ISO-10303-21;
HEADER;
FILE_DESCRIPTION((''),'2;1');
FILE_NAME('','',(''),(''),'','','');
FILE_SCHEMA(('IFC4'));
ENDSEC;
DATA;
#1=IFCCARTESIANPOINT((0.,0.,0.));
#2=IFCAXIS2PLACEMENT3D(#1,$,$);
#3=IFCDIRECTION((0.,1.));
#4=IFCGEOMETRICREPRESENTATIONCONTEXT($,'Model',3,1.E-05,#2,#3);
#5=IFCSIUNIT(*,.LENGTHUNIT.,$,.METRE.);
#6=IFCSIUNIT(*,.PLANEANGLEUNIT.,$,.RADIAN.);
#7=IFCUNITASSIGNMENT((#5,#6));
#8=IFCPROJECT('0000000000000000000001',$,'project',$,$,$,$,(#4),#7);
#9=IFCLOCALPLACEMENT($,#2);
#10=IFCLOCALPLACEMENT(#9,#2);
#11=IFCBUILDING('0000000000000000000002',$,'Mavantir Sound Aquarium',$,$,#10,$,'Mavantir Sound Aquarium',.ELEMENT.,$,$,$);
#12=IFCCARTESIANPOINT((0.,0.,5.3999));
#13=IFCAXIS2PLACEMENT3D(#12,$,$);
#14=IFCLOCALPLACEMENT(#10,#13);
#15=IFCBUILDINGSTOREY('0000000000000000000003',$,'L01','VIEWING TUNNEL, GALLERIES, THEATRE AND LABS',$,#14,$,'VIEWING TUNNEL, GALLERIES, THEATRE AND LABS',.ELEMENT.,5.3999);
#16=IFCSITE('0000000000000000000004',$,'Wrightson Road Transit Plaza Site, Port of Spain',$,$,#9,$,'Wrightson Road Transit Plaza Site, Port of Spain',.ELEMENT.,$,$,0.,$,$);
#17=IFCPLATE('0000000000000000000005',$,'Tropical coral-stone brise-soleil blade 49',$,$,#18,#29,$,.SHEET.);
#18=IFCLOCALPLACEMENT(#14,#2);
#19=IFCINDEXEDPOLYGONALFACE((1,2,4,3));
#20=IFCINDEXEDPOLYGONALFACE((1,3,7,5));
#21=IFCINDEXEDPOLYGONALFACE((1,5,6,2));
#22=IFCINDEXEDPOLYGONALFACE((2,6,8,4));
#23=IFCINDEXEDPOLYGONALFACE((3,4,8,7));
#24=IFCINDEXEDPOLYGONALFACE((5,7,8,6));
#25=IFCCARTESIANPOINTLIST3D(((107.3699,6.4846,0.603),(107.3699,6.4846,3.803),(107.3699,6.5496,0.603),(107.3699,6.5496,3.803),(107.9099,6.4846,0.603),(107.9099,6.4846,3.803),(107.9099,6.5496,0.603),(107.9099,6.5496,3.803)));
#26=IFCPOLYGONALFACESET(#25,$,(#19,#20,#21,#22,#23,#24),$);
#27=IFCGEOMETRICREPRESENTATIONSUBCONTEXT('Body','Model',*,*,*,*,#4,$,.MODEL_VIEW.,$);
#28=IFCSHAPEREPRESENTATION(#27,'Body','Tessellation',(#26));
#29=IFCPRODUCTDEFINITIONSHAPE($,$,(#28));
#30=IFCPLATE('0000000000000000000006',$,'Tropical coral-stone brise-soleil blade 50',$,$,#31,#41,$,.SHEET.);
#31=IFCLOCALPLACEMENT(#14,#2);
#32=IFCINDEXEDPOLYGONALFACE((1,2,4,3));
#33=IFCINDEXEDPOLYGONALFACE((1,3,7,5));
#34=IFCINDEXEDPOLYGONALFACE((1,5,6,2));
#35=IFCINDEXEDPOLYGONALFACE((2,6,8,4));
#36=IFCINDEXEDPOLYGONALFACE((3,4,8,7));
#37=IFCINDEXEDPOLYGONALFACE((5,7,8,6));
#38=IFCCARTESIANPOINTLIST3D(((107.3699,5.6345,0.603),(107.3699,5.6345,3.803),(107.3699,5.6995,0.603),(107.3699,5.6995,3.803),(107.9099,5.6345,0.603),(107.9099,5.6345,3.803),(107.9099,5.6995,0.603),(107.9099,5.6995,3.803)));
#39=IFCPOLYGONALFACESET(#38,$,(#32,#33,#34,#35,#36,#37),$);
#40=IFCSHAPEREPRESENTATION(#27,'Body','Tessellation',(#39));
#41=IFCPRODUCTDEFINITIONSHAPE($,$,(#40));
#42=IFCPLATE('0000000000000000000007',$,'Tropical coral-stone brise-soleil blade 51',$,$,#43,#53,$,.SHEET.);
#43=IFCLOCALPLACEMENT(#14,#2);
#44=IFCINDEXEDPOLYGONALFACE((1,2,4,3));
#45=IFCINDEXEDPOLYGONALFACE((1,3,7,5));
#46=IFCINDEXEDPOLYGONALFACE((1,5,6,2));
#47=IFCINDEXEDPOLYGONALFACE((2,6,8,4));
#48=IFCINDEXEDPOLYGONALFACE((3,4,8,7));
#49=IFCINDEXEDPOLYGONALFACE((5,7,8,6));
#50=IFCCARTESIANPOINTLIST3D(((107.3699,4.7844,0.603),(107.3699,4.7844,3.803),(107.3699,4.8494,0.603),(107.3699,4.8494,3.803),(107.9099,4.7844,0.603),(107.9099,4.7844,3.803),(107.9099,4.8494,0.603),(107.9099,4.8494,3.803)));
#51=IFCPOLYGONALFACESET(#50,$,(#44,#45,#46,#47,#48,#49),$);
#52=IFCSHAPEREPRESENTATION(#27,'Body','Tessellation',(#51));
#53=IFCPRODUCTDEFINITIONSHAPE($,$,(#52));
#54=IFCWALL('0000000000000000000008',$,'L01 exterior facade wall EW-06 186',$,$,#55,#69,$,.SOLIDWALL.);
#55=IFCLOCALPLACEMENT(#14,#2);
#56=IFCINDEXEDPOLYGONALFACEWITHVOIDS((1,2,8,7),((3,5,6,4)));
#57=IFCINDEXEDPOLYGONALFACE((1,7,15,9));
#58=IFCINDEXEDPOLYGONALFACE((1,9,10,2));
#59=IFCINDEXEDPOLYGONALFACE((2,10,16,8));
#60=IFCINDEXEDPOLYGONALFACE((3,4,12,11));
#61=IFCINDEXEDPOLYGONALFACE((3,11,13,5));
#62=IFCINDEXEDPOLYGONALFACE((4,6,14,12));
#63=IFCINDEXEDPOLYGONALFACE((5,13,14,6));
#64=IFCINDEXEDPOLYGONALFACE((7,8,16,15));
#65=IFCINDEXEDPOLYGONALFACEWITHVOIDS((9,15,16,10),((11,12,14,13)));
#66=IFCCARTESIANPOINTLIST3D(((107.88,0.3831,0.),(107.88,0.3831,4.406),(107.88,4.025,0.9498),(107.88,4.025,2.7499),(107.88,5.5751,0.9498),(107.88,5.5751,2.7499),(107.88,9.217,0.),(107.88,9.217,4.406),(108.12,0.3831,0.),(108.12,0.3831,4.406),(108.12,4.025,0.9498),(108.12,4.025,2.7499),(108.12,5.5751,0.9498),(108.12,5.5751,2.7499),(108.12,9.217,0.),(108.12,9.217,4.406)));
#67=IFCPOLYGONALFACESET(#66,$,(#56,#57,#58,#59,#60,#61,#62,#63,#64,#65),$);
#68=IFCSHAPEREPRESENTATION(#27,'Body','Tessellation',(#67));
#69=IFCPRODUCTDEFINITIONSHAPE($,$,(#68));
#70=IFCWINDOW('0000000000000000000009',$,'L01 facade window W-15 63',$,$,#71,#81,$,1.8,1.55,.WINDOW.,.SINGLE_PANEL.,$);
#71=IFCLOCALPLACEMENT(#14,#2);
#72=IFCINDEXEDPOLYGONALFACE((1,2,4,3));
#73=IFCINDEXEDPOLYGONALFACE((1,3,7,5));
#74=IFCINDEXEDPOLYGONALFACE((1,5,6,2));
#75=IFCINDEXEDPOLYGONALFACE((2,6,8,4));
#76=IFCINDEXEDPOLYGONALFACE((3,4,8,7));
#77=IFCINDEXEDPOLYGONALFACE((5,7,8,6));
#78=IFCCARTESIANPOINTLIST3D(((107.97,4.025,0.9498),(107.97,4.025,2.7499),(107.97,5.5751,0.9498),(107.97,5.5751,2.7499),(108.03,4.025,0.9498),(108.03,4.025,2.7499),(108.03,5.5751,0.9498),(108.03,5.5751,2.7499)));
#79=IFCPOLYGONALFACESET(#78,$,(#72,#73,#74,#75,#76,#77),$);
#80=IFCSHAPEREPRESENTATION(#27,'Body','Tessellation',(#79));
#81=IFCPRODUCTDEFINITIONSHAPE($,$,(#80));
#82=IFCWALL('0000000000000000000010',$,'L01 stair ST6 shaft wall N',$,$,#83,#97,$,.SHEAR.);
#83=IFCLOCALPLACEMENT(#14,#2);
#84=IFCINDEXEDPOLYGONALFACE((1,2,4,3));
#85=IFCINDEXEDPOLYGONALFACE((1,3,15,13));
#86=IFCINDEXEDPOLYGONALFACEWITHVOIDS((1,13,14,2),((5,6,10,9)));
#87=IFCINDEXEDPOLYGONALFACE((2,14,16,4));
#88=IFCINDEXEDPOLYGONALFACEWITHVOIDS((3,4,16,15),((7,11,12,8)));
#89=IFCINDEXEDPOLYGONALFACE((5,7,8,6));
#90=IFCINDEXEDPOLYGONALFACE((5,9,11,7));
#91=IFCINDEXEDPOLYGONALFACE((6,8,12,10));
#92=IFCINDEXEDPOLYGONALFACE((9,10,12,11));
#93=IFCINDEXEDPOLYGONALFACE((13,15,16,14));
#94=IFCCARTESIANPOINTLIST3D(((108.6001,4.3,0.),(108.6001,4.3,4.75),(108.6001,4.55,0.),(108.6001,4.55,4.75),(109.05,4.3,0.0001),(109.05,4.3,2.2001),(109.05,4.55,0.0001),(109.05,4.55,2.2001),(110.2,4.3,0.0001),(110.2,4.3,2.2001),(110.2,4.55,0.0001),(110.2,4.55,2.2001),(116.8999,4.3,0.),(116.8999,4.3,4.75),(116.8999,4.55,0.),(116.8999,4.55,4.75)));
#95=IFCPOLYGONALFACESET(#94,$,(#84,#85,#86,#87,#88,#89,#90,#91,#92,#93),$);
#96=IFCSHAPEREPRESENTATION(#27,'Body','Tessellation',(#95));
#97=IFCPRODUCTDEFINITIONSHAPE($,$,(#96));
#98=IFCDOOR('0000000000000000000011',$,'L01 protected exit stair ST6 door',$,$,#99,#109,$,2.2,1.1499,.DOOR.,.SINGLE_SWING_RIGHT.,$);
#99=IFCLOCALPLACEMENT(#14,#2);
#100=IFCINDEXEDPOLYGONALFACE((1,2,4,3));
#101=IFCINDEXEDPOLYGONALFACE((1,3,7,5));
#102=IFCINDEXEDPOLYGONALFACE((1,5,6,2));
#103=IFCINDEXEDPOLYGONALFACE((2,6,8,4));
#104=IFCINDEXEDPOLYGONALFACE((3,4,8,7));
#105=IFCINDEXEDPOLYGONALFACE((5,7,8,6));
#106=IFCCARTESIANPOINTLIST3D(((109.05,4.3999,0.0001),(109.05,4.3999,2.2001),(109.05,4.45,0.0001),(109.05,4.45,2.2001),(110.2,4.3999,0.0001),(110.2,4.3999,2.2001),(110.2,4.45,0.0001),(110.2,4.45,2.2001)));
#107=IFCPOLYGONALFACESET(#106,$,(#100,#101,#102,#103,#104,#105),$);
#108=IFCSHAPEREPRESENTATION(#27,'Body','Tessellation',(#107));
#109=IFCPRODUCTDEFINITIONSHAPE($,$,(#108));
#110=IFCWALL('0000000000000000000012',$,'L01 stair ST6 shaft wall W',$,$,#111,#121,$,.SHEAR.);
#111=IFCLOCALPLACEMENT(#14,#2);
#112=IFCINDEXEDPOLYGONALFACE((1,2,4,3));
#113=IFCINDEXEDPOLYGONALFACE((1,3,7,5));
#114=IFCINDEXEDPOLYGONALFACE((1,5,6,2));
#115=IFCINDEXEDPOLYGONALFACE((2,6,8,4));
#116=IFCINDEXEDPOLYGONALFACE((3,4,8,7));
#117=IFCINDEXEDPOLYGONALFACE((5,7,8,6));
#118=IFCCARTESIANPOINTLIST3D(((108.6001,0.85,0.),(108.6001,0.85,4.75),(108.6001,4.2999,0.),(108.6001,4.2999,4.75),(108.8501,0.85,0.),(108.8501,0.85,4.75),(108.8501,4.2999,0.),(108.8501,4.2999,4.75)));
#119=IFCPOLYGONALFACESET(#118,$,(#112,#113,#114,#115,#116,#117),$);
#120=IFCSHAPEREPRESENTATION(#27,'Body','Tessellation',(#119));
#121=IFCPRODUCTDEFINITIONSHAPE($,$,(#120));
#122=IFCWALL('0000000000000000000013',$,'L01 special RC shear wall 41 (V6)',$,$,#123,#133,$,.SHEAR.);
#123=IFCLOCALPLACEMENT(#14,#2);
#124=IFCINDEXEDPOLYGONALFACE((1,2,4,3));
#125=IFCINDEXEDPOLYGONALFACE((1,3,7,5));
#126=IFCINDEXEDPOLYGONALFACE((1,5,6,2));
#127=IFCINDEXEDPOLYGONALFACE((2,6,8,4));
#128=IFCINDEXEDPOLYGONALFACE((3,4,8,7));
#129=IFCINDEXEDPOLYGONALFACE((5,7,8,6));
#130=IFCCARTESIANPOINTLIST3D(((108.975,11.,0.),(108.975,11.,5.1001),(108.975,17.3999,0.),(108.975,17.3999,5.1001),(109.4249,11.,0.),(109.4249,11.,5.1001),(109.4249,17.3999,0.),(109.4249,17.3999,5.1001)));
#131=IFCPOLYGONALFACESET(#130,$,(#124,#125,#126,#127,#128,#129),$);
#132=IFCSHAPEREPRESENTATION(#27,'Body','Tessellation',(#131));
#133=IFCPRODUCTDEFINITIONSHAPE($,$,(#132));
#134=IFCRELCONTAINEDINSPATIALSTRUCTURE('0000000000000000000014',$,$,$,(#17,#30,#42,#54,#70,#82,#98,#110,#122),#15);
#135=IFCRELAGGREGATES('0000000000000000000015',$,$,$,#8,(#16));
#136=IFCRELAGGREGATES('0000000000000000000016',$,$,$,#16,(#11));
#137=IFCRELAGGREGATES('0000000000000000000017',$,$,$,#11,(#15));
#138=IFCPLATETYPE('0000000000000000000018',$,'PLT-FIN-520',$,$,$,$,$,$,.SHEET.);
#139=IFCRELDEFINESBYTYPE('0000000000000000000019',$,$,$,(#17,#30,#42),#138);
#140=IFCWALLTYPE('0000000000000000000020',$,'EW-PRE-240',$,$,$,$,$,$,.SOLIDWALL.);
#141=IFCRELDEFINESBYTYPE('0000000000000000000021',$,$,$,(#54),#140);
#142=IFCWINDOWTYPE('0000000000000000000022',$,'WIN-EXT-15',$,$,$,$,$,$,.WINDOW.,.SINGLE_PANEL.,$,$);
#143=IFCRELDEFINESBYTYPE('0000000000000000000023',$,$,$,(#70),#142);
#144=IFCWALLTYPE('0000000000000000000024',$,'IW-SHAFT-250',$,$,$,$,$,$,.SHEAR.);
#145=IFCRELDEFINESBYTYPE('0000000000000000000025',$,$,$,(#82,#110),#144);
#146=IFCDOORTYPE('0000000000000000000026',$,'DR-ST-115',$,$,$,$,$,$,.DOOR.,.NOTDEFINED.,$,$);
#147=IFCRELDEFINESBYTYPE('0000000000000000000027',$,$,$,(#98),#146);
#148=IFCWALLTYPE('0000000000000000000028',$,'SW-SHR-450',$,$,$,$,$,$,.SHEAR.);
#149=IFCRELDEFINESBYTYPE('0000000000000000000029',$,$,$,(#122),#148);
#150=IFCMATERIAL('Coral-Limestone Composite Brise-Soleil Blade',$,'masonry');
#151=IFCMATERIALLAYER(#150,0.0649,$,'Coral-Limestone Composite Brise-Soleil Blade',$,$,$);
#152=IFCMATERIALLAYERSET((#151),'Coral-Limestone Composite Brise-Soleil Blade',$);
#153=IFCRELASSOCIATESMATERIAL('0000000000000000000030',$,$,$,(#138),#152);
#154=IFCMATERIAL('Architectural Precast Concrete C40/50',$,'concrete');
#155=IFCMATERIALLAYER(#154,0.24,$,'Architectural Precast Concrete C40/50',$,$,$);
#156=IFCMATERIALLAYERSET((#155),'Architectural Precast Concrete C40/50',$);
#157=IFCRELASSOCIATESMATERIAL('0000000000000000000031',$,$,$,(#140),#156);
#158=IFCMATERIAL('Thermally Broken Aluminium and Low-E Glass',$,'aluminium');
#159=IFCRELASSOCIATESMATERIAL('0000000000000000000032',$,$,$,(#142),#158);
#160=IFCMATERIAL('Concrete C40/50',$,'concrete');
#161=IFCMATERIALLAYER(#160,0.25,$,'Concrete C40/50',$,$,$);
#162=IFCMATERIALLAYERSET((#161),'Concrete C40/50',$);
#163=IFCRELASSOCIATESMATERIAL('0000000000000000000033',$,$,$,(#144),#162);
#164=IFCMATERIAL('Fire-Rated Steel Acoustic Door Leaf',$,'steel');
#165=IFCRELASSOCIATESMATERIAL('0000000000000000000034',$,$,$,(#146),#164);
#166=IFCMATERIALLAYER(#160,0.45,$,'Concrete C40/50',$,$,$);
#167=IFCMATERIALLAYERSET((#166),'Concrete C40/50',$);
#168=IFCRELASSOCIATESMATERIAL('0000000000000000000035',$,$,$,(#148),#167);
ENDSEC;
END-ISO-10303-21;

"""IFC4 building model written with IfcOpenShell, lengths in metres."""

from ifc_helpers import new_model, si_unit, direction, frame, frame_2d, origin, origin_2d, place, context, subcontext, project, spatial, rectangle, extrude, material, layer, layer_set, type_object, element, fill, save


model = new_model("IFC4")

# Units and contexts
model_context = context("Model", 3, precision=1e-05, world=origin(), true_north=direction((0.0, 1.0)))
body_context = subcontext(model_context, "Body", "Model", "MODEL_VIEW")
ifc_project = project(units=[si_unit("LENGTHUNIT", "METRE"), si_unit("PLANEANGLEUNIT", "RADIAN")], contexts=[model_context])

# Site, building, storey
site_placement = place(None, origin())
site = spatial("IfcSite", under=ifc_project, at=site_placement, Name="Wrightson Road Transit Plaza Site, Port of Spain", LongName="Wrightson Road Transit Plaza Site, Port of Spain", CompositionType="ELEMENT", RefElevation=0.0)
building_placement = place(site_placement, origin())
building = spatial("IfcBuilding", under=site, at=building_placement, Name="Mavantir Sound Aquarium", LongName="Mavantir Sound Aquarium", CompositionType="ELEMENT")
storey_placement = place(building_placement, frame((0.0, 0.0, 5.3999)))
storey = spatial("IfcBuildingStorey", under=building, at=storey_placement, Name="L01", Description="VIEWING TUNNEL, GALLERIES, THEATRE AND LABS", LongName="VIEWING TUNNEL, GALLERIES, THEATRE AND LABS", CompositionType="ELEMENT", Elevation=5.3999)

# Shared definitions
ifc_material_1 = material(Name="Concrete C40/50", Category="concrete")

# Plates
ifc_material_2 = material(Name="Coral-Limestone Composite Brise-Soleil Blade", Category="masonry")
ifc_layer_1 = layer(ifc_material_2, 0.0649, Name="Coral-Limestone Composite Brise-Soleil Blade")
ifc_layer_set_1 = layer_set([ifc_layer_1], Name="Coral-Limestone Composite Brise-Soleil Blade")
plate_type_1 = type_object("IfcPlateType", Name="PLT-FIN-520", PredefinedType="SHEET", material=ifc_layer_set_1)
for number, where, z_axis, x_axis, name in (
    (1, (107.6399, 6.5171, 0.603), (0.0, 0.0, 1.0), (0.0, 1.0, 0.0), "Tropical coral-stone brise-soleil blade 49"),
    (2, (107.6399, 5.667, 0.603), (0.0, 0.0, 1.0), (0.0, 1.0, 0.0), "Tropical coral-stone brise-soleil blade 50"),
    (3, (107.6399, 4.8169, 0.603), (0.0, 0.0, 1.0), (0.0, 1.0, 0.0), "Tropical coral-stone brise-soleil blade 51"),
):
    element("IfcPlate", number, at=place(storey_placement, frame(where, z_axis=z_axis, x_axis=x_axis)), inside=storey, type_object=plate_type_1, Name=name, PredefinedType="SHEET", context=body_context, shape_type="SweptSolid", body=[
        extrude(rectangle(XDim=0.0649, YDim=0.54, at=origin_2d()), origin(), (0.0, 0.0, 1.0), 3.2),
    ])

# Wall, opening, window
ifc_material_3 = material(Name="Architectural Precast Concrete C40/50", Category="concrete")
ifc_layer_2 = layer(ifc_material_3, 0.24, Name="Architectural Precast Concrete C40/50")
ifc_layer_set_2 = layer_set([ifc_layer_2], Name="Architectural Precast Concrete C40/50")
wall_type_1 = type_object("IfcWallType", Name="EW-PRE-240", PredefinedType="SOLIDWALL", material=ifc_layer_set_2)
wall_1_placement = place(storey_placement, frame((108.0, 9.217, 0.0), z_axis=(0.0, 0.0, 1.0), x_axis=(0.0, -1.0, 0.0)))
wall_1 = element("IfcWall", 4, at=wall_1_placement, inside=storey, type_object=wall_type_1, Name="L01 exterior facade wall EW-06 186", PredefinedType="SOLIDWALL", context=body_context, shape_type="SweptSolid", body=[
    extrude(rectangle(XDim=8.834, YDim=0.24, at=frame_2d((4.417, 0.0))), origin(), (0.0, 0.0, 1.0), 4.406),
])
opening_1_placement = place(wall_1_placement, frame((3.6421, 0.0, 0.95)))
opening_1 = element("IfcOpeningElement", 5, at=opening_1_placement, cuts=wall_1, PredefinedType="OPENING", context=body_context, shape_type="SweptSolid", body=[
    extrude(rectangle(XDim=1.55, YDim=1.8, at=frame_2d((0.7749, 0.8999))), frame((0.0, 0.1299, 0.0), z_axis=(0.0, -1.0, 0.0), x_axis=(1.0, 0.0, 0.0)), (0.0, 0.0, 1.0), 0.26),
])
ifc_material_4 = material(Name="Thermally Broken Aluminium and Low-E Glass", Category="aluminium")
window_type = type_object("IfcWindowType", Name="WIN-EXT-15", PartitioningType="SINGLE_PANEL", PredefinedType="WINDOW", material=ifc_material_4)
window_placement = place(opening_1_placement, origin())
window = element("IfcWindow", 6, at=window_placement, inside=storey, type_object=window_type, Name="L01 facade window W-15 63", OverallHeight=1.8, OverallWidth=1.55, PartitioningType="SINGLE_PANEL", PredefinedType="WINDOW", context=body_context, shape_type="SweptSolid", body=[
    extrude(rectangle(XDim=1.55, YDim=1.8, at=frame_2d((0.7749, 0.8999))), frame((0.0, 0.03, 0.0), z_axis=(0.0, -1.0, 0.0), x_axis=(1.0, 0.0, 0.0)), (0.0, 0.0, 1.0), 0.0601),
])
fill(opening_1, window)

# Wall, opening, door
ifc_layer_3 = layer(ifc_material_1, 0.25, Name="Concrete C40/50")
ifc_layer_set_3 = layer_set([ifc_layer_3], Name="Concrete C40/50")
wall_type_2 = type_object("IfcWallType", Name="IW-SHAFT-250", PredefinedType="SHEAR", material=ifc_layer_set_3)
wall_2_placement = place(storey_placement, frame((116.8999, 4.425, 0.0), z_axis=(0.0, 0.0, 1.0), x_axis=(-1.0, 0.0, 0.0)))
wall_2 = element("IfcWall", 7, at=wall_2_placement, inside=storey, type_object=wall_type_2, Name="L01 stair ST6 shaft wall N", PredefinedType="SHEAR", context=body_context, shape_type="SweptSolid", body=[
    extrude(rectangle(XDim=8.2998, YDim=0.25, at=frame_2d((4.1499, 0.0))), origin(), (0.0, 0.0, 1.0), 4.75),
])
opening_2_placement = place(wall_2_placement, frame((7.8499, 0.0, 0.0), z_axis=(0.0, 0.0, 1.0), x_axis=(-1.0, 0.0, 0.0)))
opening_2 = element("IfcOpeningElement", 8, at=opening_2_placement, cuts=wall_2, PredefinedType="OPENING", context=body_context, shape_type="SweptSolid", body=[
    extrude(rectangle(XDim=1.1499, YDim=2.2, at=frame_2d((0.575, 1.1001))), frame((0.0, 0.135, 0.0), z_axis=(0.0, -1.0, 0.0), x_axis=(1.0, 0.0, 0.0)), (0.0, 0.0, 1.0), 0.27),
])
ifc_material_5 = material(Name="Fire-Rated Steel Acoustic Door Leaf", Category="steel")
door_type = type_object("IfcDoorType", Name="DR-ST-115", OperationType="NOTDEFINED", PredefinedType="DOOR", material=ifc_material_5)
door_placement = place(opening_2_placement, origin())
door = element("IfcDoor", 9, at=door_placement, inside=storey, type_object=door_type, Name="L01 protected exit stair ST6 door", OperationType="SINGLE_SWING_RIGHT", OverallHeight=2.2, OverallWidth=1.1499, PredefinedType="DOOR", context=body_context, shape_type="SweptSolid", body=[
    extrude(rectangle(XDim=1.1499, YDim=2.2, at=frame_2d((0.575, 1.1001))), frame((0.0, 0.0249, 0.0), z_axis=(0.0, -1.0, 0.0), x_axis=(1.0, 0.0, 0.0)), (0.0, 0.0, 1.0), 0.05),
])
fill(opening_2, door)

# Walls
wall_3_placement = place(storey_placement, frame((108.7251, 4.3, 0.0), z_axis=(0.0, 0.0, 1.0), x_axis=(0.0, -1.0, 0.0)))
element("IfcWall", 10, at=wall_3_placement, inside=storey, type_object=wall_type_2, Name="L01 stair ST6 shaft wall W", PredefinedType="SHEAR", context=body_context, shape_type="SweptSolid", body=[
    extrude(rectangle(XDim=3.45, YDim=0.25, at=frame_2d((1.7251, 0.0))), origin(), (0.0, 0.0, 1.0), 4.75),
])
ifc_layer_4 = layer(ifc_material_1, 0.45, Name="Concrete C40/50")
ifc_layer_set_4 = layer_set([ifc_layer_4], Name="Concrete C40/50")
wall_type_3 = type_object("IfcWallType", Name="SW-SHR-450", PredefinedType="SHEAR", material=ifc_layer_set_4)
wall_4_placement = place(storey_placement, frame((109.2, 11.0, 0.0), z_axis=(0.0, 0.0, 1.0), x_axis=(0.0, 1.0, 0.0)))
element("IfcWall", 11, at=wall_4_placement, inside=storey, type_object=wall_type_3, Name="L01 special RC shear wall 41 (V6)", PredefinedType="SHEAR", context=body_context, shape_type="SweptSolid", body=[
    extrude(rectangle(XDim=6.3999, YDim=0.45, at=frame_2d((3.2, 0.0))), origin(), (0.0, 0.0, 1.0), 5.1001),
])

save(model, "model.ifc")
